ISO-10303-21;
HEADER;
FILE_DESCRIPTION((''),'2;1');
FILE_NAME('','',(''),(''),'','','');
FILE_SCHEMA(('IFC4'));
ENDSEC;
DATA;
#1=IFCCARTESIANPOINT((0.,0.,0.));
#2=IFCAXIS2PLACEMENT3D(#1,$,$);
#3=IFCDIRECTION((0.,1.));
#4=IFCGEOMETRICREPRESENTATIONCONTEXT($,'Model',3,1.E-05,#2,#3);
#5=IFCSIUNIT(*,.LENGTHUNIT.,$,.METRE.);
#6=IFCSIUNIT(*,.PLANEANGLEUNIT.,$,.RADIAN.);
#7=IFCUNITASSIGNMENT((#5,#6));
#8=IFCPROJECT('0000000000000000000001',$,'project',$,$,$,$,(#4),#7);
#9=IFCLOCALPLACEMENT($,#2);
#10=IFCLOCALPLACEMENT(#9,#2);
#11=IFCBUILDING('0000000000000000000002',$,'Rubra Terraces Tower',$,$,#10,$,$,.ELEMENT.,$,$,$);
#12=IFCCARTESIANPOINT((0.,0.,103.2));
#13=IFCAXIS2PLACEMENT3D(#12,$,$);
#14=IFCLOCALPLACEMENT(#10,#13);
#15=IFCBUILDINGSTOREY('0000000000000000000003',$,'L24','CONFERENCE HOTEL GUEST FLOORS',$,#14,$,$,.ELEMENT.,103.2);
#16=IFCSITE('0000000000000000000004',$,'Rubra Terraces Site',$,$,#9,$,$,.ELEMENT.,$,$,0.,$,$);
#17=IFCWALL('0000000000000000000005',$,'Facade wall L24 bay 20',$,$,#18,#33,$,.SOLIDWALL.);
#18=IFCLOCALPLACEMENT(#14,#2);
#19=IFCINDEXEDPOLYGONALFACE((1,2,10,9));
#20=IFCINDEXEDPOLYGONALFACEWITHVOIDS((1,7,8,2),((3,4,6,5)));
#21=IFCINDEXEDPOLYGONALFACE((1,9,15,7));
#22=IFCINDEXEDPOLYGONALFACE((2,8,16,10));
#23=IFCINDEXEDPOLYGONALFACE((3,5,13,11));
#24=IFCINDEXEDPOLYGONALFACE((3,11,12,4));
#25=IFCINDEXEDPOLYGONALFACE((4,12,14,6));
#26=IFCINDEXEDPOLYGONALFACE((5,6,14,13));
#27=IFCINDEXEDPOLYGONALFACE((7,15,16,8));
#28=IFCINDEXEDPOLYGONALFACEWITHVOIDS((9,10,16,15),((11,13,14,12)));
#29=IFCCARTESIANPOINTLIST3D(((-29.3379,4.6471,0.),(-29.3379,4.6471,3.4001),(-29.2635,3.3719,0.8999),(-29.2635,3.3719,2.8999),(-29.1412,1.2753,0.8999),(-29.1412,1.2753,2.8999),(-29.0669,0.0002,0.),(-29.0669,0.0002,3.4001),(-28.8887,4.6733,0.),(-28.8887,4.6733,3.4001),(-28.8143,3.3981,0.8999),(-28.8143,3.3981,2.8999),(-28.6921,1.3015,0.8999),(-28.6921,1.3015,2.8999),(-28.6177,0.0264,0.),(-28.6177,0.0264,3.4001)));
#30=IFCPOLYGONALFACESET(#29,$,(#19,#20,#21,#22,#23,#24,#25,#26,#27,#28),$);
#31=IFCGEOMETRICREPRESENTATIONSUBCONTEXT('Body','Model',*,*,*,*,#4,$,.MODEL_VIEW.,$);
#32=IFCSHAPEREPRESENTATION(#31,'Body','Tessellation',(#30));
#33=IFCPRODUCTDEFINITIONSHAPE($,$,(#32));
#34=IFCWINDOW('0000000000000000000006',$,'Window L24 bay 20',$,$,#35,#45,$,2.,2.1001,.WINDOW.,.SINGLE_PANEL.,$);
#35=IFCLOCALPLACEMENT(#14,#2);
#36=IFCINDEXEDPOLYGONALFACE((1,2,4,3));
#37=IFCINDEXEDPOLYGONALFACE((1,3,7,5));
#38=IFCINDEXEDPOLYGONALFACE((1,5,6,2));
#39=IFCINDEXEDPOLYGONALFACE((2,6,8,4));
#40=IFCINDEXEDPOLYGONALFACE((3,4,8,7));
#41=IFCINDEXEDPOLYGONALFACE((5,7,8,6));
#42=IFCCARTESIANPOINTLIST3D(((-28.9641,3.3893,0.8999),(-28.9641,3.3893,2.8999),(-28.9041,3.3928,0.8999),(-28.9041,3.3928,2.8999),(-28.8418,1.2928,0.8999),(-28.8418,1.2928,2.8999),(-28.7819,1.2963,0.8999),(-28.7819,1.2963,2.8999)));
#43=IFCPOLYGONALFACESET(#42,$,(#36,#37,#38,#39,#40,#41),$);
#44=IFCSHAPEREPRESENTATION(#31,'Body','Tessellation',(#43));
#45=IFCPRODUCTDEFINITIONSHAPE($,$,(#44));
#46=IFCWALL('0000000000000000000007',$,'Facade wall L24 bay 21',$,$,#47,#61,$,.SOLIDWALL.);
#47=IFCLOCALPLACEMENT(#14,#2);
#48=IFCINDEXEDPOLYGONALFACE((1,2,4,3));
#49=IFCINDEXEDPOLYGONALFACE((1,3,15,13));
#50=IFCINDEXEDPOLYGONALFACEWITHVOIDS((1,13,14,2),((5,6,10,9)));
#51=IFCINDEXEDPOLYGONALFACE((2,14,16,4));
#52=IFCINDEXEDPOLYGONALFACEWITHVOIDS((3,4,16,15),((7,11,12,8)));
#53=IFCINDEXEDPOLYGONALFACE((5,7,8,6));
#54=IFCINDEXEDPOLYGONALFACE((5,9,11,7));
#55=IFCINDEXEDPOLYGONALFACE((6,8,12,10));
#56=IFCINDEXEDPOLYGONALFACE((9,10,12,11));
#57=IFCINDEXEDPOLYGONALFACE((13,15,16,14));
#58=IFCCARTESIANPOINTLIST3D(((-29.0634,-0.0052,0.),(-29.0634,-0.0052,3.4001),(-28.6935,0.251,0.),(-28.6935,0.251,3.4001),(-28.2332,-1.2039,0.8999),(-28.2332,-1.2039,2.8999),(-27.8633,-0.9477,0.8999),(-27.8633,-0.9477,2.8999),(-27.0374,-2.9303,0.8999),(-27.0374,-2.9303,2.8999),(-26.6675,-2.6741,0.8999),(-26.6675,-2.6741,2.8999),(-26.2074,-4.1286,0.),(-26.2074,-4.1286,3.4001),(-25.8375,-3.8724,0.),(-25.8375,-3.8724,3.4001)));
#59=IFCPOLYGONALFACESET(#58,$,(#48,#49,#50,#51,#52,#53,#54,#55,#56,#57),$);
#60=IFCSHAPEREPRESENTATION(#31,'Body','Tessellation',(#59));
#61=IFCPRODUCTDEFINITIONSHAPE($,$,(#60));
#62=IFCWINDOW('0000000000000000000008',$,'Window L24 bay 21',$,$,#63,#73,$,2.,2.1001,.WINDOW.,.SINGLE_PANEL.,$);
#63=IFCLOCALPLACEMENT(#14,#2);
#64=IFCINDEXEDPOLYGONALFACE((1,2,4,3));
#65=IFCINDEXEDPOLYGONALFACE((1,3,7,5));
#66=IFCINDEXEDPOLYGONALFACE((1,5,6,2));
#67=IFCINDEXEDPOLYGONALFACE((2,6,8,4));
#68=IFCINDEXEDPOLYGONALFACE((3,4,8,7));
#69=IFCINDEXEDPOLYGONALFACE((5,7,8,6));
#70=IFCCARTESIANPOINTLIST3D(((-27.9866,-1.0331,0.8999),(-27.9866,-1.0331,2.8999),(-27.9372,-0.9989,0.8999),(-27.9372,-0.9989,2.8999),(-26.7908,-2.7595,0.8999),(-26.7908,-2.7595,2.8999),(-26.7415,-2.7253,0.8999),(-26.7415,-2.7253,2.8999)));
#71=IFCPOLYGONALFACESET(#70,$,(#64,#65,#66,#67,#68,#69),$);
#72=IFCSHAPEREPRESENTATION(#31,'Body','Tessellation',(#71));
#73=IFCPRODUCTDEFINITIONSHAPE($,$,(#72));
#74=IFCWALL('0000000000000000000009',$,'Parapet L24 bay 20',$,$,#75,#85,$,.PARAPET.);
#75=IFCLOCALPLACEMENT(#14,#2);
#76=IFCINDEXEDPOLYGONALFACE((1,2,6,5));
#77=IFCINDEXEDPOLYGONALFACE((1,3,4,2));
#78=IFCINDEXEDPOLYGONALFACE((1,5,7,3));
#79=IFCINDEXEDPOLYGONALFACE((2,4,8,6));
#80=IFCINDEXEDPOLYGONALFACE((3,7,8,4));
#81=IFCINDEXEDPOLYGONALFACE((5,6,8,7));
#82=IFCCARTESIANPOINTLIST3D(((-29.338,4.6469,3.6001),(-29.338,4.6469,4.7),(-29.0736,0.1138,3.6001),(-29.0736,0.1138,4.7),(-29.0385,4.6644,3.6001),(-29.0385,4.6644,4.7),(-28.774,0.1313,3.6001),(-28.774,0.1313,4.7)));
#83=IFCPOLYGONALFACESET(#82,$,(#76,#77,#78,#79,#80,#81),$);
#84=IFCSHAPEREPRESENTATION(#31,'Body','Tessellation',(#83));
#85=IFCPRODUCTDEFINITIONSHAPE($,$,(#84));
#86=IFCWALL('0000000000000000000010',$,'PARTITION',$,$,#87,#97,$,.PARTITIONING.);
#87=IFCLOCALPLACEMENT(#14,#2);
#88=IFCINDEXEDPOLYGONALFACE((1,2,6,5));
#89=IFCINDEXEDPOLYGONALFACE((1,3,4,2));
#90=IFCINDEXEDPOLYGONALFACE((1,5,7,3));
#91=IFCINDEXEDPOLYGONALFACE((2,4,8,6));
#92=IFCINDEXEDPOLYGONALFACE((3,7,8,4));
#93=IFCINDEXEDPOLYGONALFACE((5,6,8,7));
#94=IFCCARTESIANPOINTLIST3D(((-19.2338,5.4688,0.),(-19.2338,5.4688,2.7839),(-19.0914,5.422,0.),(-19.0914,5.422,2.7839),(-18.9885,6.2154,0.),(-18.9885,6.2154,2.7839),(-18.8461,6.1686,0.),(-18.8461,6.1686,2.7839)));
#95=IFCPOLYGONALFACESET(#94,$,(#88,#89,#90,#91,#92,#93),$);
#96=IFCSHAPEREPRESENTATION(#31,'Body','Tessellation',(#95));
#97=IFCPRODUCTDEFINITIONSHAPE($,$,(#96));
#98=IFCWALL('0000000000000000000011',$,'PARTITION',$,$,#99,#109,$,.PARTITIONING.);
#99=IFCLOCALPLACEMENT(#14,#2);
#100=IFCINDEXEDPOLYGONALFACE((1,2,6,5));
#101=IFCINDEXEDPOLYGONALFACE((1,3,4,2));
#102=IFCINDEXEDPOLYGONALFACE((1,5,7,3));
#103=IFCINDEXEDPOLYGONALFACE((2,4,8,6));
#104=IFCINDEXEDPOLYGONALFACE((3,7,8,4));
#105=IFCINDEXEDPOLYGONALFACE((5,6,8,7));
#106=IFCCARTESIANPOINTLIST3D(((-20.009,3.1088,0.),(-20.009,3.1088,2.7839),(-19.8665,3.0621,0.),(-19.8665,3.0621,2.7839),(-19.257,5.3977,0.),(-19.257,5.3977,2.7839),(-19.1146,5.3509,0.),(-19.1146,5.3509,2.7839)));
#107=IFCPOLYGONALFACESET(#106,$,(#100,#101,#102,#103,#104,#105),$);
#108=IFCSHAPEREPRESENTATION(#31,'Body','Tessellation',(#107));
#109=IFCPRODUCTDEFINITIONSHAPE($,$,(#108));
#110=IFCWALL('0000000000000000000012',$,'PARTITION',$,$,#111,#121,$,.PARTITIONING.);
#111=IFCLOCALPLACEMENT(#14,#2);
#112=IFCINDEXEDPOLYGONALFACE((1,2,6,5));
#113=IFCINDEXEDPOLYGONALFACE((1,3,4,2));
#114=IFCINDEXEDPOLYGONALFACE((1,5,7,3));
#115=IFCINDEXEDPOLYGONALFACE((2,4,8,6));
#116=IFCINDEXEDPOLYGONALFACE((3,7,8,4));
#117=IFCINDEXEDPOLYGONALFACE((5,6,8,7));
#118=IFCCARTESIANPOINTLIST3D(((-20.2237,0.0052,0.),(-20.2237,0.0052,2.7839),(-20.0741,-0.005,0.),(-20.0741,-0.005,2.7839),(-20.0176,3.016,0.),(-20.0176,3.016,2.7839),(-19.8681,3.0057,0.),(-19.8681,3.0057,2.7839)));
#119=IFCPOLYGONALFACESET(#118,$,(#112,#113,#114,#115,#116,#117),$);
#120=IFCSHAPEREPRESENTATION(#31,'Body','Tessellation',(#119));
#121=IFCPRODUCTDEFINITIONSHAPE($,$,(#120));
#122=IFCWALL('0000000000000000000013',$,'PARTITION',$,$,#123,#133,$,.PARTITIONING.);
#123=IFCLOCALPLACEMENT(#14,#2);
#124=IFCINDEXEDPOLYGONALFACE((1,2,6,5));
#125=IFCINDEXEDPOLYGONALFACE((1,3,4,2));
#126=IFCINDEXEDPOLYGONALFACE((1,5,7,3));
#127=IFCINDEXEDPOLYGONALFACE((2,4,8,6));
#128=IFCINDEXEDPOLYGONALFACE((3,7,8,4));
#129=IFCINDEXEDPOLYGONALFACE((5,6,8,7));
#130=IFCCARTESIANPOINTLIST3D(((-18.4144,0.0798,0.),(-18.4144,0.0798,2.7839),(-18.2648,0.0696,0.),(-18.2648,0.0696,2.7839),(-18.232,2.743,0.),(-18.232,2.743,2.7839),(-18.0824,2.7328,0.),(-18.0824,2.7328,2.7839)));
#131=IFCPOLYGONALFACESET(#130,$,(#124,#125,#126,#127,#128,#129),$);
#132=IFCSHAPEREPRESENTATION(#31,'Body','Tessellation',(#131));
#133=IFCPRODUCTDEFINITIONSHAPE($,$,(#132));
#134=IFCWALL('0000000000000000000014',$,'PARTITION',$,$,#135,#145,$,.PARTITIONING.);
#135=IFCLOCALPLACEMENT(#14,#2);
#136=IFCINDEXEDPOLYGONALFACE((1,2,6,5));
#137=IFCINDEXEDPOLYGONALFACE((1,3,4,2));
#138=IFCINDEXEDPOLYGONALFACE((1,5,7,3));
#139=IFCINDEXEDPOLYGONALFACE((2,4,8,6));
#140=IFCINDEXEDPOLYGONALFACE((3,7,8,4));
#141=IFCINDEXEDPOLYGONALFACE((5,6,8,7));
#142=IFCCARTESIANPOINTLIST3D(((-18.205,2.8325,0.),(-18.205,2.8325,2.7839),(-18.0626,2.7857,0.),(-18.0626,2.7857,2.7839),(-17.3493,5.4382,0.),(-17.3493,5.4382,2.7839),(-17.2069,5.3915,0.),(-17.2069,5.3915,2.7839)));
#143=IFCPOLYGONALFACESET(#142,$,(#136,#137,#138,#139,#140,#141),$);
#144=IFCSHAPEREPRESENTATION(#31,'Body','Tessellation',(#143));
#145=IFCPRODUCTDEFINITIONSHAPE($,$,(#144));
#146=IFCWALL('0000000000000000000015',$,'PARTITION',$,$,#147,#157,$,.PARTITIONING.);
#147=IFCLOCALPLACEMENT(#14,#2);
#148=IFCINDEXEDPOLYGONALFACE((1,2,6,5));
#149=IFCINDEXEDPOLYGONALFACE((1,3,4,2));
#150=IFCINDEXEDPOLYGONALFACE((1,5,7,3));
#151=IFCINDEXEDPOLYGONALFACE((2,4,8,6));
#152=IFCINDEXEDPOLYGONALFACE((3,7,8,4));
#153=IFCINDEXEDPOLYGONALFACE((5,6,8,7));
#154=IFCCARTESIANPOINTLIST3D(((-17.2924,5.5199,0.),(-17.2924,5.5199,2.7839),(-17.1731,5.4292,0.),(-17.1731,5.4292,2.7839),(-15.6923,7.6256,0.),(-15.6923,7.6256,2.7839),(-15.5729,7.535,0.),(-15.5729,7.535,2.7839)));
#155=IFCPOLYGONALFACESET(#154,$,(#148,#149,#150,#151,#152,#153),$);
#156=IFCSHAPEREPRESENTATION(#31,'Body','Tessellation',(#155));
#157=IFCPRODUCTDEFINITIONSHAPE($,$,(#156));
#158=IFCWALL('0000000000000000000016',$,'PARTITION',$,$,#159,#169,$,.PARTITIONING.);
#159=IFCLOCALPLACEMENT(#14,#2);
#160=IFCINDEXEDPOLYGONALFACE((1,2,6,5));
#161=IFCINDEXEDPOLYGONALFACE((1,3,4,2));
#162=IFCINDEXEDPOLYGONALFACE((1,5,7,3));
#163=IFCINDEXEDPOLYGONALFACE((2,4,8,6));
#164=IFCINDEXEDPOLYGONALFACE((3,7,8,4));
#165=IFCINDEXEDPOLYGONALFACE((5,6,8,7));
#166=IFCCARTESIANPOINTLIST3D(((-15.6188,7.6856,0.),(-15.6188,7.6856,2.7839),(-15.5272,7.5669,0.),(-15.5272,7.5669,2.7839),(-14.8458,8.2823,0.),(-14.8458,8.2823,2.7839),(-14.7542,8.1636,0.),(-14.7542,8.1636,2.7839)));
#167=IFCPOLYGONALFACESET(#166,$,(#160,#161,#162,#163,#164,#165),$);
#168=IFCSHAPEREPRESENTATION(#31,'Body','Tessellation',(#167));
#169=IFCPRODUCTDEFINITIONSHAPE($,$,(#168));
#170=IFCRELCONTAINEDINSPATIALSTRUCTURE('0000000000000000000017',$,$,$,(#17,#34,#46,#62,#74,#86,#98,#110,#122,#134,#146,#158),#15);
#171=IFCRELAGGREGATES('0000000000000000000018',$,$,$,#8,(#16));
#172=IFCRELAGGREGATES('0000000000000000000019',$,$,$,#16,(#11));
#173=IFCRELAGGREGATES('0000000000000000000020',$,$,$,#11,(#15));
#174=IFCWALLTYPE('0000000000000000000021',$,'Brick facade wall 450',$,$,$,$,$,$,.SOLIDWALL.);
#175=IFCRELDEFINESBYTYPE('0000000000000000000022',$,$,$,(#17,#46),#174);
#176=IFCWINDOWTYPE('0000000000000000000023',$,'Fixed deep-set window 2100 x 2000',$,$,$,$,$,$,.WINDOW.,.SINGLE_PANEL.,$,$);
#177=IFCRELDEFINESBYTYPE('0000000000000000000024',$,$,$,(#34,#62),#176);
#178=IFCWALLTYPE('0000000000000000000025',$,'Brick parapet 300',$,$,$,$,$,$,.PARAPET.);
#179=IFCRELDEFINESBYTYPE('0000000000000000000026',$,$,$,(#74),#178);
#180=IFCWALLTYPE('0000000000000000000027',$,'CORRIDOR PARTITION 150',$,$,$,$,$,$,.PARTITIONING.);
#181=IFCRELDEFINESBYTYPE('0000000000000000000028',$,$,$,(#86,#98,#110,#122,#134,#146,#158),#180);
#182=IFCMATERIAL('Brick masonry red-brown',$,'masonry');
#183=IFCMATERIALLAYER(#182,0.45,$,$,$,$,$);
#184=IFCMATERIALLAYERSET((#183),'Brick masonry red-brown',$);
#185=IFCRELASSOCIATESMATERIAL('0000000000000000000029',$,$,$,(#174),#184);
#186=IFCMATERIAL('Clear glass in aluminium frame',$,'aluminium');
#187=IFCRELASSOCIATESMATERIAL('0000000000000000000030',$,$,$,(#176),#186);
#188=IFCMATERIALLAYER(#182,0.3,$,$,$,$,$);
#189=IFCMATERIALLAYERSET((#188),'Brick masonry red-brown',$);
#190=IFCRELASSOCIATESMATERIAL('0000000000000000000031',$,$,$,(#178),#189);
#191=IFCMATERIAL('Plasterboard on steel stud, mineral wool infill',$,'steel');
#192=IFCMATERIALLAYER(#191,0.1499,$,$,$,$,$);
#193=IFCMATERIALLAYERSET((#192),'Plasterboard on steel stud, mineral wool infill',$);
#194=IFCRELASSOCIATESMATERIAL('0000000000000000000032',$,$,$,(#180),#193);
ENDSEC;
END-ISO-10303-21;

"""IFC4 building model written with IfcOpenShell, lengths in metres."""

from ifc_helpers import new_model, si_unit, direction, frame, frame_2d, origin, place, context, subcontext, project, spatial, rectangle, extrude, material, layer, layer_set, type_object, element, fill, save


model = new_model("IFC4")

# Units and contexts
model_context = context("Model", 3, precision=1e-05, world=origin(), true_north=direction((0.0, 1.0)))
body_context = subcontext(model_context, "Body", "Model", "MODEL_VIEW")
ifc_project = project(units=[si_unit("LENGTHUNIT", "METRE"), si_unit("PLANEANGLEUNIT", "RADIAN")], contexts=[model_context])

# Site, building, storey
site_placement = place(None, origin())
site = spatial("IfcSite", under=ifc_project, at=site_placement, Name="Rubra Terraces Site", CompositionType="ELEMENT", RefElevation=0.0)
building_placement = place(site_placement, origin())
building = spatial("IfcBuilding", under=site, at=building_placement, Name="Rubra Terraces Tower", CompositionType="ELEMENT")
storey_placement = place(building_placement, frame((0.0, 0.0, 103.2)))
storey = spatial("IfcBuildingStorey", under=building, at=storey_placement, Name="L24", Description="CONFERENCE HOTEL GUEST FLOORS", CompositionType="ELEMENT", Elevation=103.2)

# Walls, openings, windows
ifc_material_1 = material(Name="Brick masonry red-brown", Category="masonry")
ifc_layer_1 = layer(ifc_material_1, 0.45)
ifc_layer_set_1 = layer_set([ifc_layer_1], Name="Brick masonry red-brown")
wall_type_1 = type_object("IfcWallType", Name="Brick facade wall 450", PredefinedType="SOLIDWALL", material=ifc_layer_set_1)
ifc_material_2 = material(Name="Clear glass in aluminium frame", Category="aluminium")
window_type = type_object("IfcWindowType", Name="Fixed deep-set window 2100 x 2000", PartitioningType="SINGLE_PANEL", PredefinedType="WINDOW", material=ifc_material_2)
wall_1_placement = place(storey_placement, frame((-29.1133, 4.6602, 0.0), z_axis=(0.0, 0.0, 1.0), x_axis=(0.058218, -0.998304, 0.0)))
wall_1 = element("IfcWall", 1, at=wall_1_placement, inside=storey, type_object=wall_type_1, Name="Facade wall L24 bay 20", PredefinedType="SOLIDWALL", context=body_context, shape_type="SweptSolid", body=[
    extrude(rectangle(XDim=4.6548, YDim=0.45, at=frame_2d((2.3274, 0.0))), origin(), (0.0, 0.0, 1.0), 3.4001),
])
opening_1_placement = place(wall_1_placement, frame((1.2773, 0.0, 0.8999)))
opening_1 = element("IfcOpeningElement", 2, at=opening_1_placement, cuts=wall_1, PredefinedType="OPENING", context=body_context, shape_type="SweptSolid", body=[
    extrude(rectangle(XDim=2.1001, YDim=2.0, at=frame_2d((1.05, 1.0))), frame((0.0, 0.2349, 0.0), z_axis=(0.0, -1.0, 0.0), x_axis=(1.0, 0.0, 0.0)), (0.0, 0.0, 1.0), 0.47),
])
window_1_placement = place(opening_1_placement, origin())
window_1 = element("IfcWindow", 3, at=window_1_placement, inside=storey, type_object=window_type, Name="Window L24 bay 20", OverallHeight=2.0, OverallWidth=2.1001, PartitioningType="SINGLE_PANEL", PredefinedType="WINDOW", context=body_context, shape_type="SweptSolid", body=[
    extrude(rectangle(XDim=2.1001, YDim=2.0, at=frame_2d((1.05, 1.0))), frame((0.0, 0.135, 0.0), z_axis=(0.0, -1.0, 0.0), x_axis=(1.0, 0.0, 0.0)), (0.0, 0.0, 1.0), 0.0601),
])
fill(opening_1, window_1)
wall_2_placement = place(storey_placement, frame((-28.8784, 0.1228, 0.0), z_axis=(0.0, 0.0, 1.0), x_axis=(0.569395, -0.822064, 0.0)))
wall_2 = element("IfcWall", 4, at=wall_2_placement, inside=storey, type_object=wall_type_1, Name="Facade wall L24 bay 21", PredefinedType="SOLIDWALL", context=body_context, shape_type="SweptSolid", body=[
    extrude(rectangle(XDim=5.0159, YDim=0.45, at=frame_2d((2.5078, 0.0))), origin(), (0.0, 0.0, 1.0), 3.4001),
])
opening_2_placement = place(wall_2_placement, frame((1.458, 0.0, 0.8999)))
opening_2 = element("IfcOpeningElement", 5, at=opening_2_placement, cuts=wall_2, PredefinedType="OPENING", context=body_context, shape_type="SweptSolid", body=[
    extrude(rectangle(XDim=2.1001, YDim=2.0, at=frame_2d((1.05, 1.0))), frame((0.0, 0.2349, 0.0), z_axis=(0.0, -1.0, 0.0), x_axis=(1.0, 0.0, 0.0)), (0.0, 0.0, 1.0), 0.47),
])
window_2_placement = place(opening_2_placement, origin())
window_2 = element("IfcWindow", 6, at=window_2_placement, inside=storey, type_object=window_type, Name="Window L24 bay 21", OverallHeight=2.0, OverallWidth=2.1001, PartitioningType="SINGLE_PANEL", PredefinedType="WINDOW", context=body_context, shape_type="SweptSolid", body=[
    extrude(rectangle(XDim=2.1001, YDim=2.0, at=frame_2d((1.05, 1.0))), frame((0.0, 0.135, 0.0), z_axis=(0.0, -1.0, 0.0), x_axis=(1.0, 0.0, 0.0)), (0.0, 0.0, 1.0), 0.0601),
])
fill(opening_2, window_2)

# Walls
ifc_layer_2 = layer(ifc_material_1, 0.3)
ifc_layer_set_2 = layer_set([ifc_layer_2], Name="Brick masonry red-brown")
wall_type_2 = type_object("IfcWallType", Name="Brick parapet 300", PredefinedType="PARAPET", material=ifc_layer_set_2)
wall_3_placement = place(storey_placement, frame((-29.1882, 4.6558, 3.6001), z_axis=(0.0, 0.0, 1.0), x_axis=(0.05823, -0.998303, 0.0)))
element("IfcWall", 7, at=wall_3_placement, inside=storey, type_object=wall_type_2, Name="Parapet L24 bay 20", PredefinedType="PARAPET", context=body_context, shape_type="SweptSolid", body=[
    extrude(rectangle(XDim=4.5408, YDim=0.3, at=frame_2d((2.2705, 0.0))), origin(), (0.0, 0.0, 1.0), 1.0999),
])
ifc_material_3 = material(Name="Plasterboard on steel stud, mineral wool infill", Category="steel")
ifc_layer_3 = layer(ifc_material_3, 0.1499)
ifc_layer_set_3 = layer_set([ifc_layer_3], Name="Plasterboard on steel stud, mineral wool infill")
wall_type_3 = type_object("IfcWallType", Name="CORRIDOR PARTITION 150", PredefinedType="PARTITIONING", material=ifc_layer_set_3)
wall_4_placement = place(storey_placement, frame((-18.9172, 6.1921, 0.0), z_axis=(0.0, 0.0, 1.0), x_axis=(-0.312217, -0.950011, 0.0)))
element("IfcWall", 8, at=wall_4_placement, inside=storey, type_object=wall_type_3, Name="PARTITION", PredefinedType="PARTITIONING", context=body_context, shape_type="SweptSolid", body=[
    extrude(rectangle(XDim=0.7859, YDim=0.1499, at=frame_2d((0.3931, 0.0))), origin(), (0.0, 0.0, 1.0), 2.7839),
])
wall_5_placement = place(storey_placement, frame((-19.1858, 5.3743, 0.0), z_axis=(0.0, 0.0, 1.0), x_axis=(-0.312121, -0.950042, 0.0)))
element("IfcWall", 9, at=wall_5_placement, inside=storey, type_object=wall_type_3, Name="PARTITION", PredefinedType="PARTITIONING", context=body_context, shape_type="SweptSolid", body=[
    extrude(rectangle(XDim=2.4092, YDim=0.1499, at=frame_2d((1.2046, 0.0))), origin(), (0.0, 0.0, 1.0), 2.7839),
])
wall_6_placement = place(storey_placement, frame((-19.9429, 3.0107, 0.0), z_axis=(0.0, 0.0, 1.0), x_axis=(-0.06828, -0.997666, 0.0)))
element("IfcWall", 10, at=wall_6_placement, inside=storey, type_object=wall_type_3, Name="PARTITION", PredefinedType="PARTITIONING", context=body_context, shape_type="SweptSolid", body=[
    extrude(rectangle(XDim=3.0178, YDim=0.1499, at=frame_2d((1.5088, 0.0))), origin(), (0.0, 0.0, 1.0), 2.7839),
])
wall_7_placement = place(storey_placement, frame((-18.3396, 0.0747, 0.0), z_axis=(0.0, 0.0, 1.0), x_axis=(0.068322, 0.997663, 0.0)))
element("IfcWall", 11, at=wall_7_placement, inside=storey, type_object=wall_type_3, Name="PARTITION", PredefinedType="PARTITIONING", context=body_context, shape_type="SweptSolid", body=[
    extrude(rectangle(XDim=2.6694, YDim=0.1499, at=frame_2d((1.3347, 0.0))), origin(), (0.0, 0.0, 1.0), 2.7839),
])
wall_8_placement = place(storey_placement, frame((-18.1338, 2.8091, 0.0), z_axis=(0.0, 0.0, 1.0), x_axis=(0.312005, 0.95008, 0.0)))
element("IfcWall", 12, at=wall_8_placement, inside=storey, type_object=wall_type_3, Name="PARTITION", PredefinedType="PARTITIONING", context=body_context, shape_type="SweptSolid", body=[
    extrude(rectangle(XDim=2.7427, YDim=0.1499, at=frame_2d((1.3713, 0.0))), origin(), (0.0, 0.0, 1.0), 2.7839),
])
wall_9_placement = place(storey_placement, frame((-17.2327, 5.4746, 0.0), z_axis=(0.0, 0.0, 1.0), x_axis=(0.605025, 0.796207, 0.0)))
element("IfcWall", 13, at=wall_9_placement, inside=storey, type_object=wall_type_3, Name="PARTITION", PredefinedType="PARTITIONING", context=body_context, shape_type="SweptSolid", body=[
    extrude(rectangle(XDim=2.6448, YDim=0.1499, at=frame_2d((1.3223, 0.0))), origin(), (0.0, 0.0, 1.0), 2.7839),
])
wall_10_placement = place(storey_placement, frame((-15.573, 7.6262, 0.0), z_axis=(0.0, 0.0, 1.0), x_axis=(0.791582, 0.611063, 0.0)))
element("IfcWall", 14, at=wall_10_placement, inside=storey, type_object=wall_type_3, Name="PARTITION", PredefinedType="PARTITIONING", context=body_context, shape_type="SweptSolid", body=[
    extrude(rectangle(XDim=0.9766, YDim=0.1499, at=frame_2d((0.4883, 0.0))), origin(), (0.0, 0.0, 1.0), 2.7839),
])

save(model, "model.ifc")
